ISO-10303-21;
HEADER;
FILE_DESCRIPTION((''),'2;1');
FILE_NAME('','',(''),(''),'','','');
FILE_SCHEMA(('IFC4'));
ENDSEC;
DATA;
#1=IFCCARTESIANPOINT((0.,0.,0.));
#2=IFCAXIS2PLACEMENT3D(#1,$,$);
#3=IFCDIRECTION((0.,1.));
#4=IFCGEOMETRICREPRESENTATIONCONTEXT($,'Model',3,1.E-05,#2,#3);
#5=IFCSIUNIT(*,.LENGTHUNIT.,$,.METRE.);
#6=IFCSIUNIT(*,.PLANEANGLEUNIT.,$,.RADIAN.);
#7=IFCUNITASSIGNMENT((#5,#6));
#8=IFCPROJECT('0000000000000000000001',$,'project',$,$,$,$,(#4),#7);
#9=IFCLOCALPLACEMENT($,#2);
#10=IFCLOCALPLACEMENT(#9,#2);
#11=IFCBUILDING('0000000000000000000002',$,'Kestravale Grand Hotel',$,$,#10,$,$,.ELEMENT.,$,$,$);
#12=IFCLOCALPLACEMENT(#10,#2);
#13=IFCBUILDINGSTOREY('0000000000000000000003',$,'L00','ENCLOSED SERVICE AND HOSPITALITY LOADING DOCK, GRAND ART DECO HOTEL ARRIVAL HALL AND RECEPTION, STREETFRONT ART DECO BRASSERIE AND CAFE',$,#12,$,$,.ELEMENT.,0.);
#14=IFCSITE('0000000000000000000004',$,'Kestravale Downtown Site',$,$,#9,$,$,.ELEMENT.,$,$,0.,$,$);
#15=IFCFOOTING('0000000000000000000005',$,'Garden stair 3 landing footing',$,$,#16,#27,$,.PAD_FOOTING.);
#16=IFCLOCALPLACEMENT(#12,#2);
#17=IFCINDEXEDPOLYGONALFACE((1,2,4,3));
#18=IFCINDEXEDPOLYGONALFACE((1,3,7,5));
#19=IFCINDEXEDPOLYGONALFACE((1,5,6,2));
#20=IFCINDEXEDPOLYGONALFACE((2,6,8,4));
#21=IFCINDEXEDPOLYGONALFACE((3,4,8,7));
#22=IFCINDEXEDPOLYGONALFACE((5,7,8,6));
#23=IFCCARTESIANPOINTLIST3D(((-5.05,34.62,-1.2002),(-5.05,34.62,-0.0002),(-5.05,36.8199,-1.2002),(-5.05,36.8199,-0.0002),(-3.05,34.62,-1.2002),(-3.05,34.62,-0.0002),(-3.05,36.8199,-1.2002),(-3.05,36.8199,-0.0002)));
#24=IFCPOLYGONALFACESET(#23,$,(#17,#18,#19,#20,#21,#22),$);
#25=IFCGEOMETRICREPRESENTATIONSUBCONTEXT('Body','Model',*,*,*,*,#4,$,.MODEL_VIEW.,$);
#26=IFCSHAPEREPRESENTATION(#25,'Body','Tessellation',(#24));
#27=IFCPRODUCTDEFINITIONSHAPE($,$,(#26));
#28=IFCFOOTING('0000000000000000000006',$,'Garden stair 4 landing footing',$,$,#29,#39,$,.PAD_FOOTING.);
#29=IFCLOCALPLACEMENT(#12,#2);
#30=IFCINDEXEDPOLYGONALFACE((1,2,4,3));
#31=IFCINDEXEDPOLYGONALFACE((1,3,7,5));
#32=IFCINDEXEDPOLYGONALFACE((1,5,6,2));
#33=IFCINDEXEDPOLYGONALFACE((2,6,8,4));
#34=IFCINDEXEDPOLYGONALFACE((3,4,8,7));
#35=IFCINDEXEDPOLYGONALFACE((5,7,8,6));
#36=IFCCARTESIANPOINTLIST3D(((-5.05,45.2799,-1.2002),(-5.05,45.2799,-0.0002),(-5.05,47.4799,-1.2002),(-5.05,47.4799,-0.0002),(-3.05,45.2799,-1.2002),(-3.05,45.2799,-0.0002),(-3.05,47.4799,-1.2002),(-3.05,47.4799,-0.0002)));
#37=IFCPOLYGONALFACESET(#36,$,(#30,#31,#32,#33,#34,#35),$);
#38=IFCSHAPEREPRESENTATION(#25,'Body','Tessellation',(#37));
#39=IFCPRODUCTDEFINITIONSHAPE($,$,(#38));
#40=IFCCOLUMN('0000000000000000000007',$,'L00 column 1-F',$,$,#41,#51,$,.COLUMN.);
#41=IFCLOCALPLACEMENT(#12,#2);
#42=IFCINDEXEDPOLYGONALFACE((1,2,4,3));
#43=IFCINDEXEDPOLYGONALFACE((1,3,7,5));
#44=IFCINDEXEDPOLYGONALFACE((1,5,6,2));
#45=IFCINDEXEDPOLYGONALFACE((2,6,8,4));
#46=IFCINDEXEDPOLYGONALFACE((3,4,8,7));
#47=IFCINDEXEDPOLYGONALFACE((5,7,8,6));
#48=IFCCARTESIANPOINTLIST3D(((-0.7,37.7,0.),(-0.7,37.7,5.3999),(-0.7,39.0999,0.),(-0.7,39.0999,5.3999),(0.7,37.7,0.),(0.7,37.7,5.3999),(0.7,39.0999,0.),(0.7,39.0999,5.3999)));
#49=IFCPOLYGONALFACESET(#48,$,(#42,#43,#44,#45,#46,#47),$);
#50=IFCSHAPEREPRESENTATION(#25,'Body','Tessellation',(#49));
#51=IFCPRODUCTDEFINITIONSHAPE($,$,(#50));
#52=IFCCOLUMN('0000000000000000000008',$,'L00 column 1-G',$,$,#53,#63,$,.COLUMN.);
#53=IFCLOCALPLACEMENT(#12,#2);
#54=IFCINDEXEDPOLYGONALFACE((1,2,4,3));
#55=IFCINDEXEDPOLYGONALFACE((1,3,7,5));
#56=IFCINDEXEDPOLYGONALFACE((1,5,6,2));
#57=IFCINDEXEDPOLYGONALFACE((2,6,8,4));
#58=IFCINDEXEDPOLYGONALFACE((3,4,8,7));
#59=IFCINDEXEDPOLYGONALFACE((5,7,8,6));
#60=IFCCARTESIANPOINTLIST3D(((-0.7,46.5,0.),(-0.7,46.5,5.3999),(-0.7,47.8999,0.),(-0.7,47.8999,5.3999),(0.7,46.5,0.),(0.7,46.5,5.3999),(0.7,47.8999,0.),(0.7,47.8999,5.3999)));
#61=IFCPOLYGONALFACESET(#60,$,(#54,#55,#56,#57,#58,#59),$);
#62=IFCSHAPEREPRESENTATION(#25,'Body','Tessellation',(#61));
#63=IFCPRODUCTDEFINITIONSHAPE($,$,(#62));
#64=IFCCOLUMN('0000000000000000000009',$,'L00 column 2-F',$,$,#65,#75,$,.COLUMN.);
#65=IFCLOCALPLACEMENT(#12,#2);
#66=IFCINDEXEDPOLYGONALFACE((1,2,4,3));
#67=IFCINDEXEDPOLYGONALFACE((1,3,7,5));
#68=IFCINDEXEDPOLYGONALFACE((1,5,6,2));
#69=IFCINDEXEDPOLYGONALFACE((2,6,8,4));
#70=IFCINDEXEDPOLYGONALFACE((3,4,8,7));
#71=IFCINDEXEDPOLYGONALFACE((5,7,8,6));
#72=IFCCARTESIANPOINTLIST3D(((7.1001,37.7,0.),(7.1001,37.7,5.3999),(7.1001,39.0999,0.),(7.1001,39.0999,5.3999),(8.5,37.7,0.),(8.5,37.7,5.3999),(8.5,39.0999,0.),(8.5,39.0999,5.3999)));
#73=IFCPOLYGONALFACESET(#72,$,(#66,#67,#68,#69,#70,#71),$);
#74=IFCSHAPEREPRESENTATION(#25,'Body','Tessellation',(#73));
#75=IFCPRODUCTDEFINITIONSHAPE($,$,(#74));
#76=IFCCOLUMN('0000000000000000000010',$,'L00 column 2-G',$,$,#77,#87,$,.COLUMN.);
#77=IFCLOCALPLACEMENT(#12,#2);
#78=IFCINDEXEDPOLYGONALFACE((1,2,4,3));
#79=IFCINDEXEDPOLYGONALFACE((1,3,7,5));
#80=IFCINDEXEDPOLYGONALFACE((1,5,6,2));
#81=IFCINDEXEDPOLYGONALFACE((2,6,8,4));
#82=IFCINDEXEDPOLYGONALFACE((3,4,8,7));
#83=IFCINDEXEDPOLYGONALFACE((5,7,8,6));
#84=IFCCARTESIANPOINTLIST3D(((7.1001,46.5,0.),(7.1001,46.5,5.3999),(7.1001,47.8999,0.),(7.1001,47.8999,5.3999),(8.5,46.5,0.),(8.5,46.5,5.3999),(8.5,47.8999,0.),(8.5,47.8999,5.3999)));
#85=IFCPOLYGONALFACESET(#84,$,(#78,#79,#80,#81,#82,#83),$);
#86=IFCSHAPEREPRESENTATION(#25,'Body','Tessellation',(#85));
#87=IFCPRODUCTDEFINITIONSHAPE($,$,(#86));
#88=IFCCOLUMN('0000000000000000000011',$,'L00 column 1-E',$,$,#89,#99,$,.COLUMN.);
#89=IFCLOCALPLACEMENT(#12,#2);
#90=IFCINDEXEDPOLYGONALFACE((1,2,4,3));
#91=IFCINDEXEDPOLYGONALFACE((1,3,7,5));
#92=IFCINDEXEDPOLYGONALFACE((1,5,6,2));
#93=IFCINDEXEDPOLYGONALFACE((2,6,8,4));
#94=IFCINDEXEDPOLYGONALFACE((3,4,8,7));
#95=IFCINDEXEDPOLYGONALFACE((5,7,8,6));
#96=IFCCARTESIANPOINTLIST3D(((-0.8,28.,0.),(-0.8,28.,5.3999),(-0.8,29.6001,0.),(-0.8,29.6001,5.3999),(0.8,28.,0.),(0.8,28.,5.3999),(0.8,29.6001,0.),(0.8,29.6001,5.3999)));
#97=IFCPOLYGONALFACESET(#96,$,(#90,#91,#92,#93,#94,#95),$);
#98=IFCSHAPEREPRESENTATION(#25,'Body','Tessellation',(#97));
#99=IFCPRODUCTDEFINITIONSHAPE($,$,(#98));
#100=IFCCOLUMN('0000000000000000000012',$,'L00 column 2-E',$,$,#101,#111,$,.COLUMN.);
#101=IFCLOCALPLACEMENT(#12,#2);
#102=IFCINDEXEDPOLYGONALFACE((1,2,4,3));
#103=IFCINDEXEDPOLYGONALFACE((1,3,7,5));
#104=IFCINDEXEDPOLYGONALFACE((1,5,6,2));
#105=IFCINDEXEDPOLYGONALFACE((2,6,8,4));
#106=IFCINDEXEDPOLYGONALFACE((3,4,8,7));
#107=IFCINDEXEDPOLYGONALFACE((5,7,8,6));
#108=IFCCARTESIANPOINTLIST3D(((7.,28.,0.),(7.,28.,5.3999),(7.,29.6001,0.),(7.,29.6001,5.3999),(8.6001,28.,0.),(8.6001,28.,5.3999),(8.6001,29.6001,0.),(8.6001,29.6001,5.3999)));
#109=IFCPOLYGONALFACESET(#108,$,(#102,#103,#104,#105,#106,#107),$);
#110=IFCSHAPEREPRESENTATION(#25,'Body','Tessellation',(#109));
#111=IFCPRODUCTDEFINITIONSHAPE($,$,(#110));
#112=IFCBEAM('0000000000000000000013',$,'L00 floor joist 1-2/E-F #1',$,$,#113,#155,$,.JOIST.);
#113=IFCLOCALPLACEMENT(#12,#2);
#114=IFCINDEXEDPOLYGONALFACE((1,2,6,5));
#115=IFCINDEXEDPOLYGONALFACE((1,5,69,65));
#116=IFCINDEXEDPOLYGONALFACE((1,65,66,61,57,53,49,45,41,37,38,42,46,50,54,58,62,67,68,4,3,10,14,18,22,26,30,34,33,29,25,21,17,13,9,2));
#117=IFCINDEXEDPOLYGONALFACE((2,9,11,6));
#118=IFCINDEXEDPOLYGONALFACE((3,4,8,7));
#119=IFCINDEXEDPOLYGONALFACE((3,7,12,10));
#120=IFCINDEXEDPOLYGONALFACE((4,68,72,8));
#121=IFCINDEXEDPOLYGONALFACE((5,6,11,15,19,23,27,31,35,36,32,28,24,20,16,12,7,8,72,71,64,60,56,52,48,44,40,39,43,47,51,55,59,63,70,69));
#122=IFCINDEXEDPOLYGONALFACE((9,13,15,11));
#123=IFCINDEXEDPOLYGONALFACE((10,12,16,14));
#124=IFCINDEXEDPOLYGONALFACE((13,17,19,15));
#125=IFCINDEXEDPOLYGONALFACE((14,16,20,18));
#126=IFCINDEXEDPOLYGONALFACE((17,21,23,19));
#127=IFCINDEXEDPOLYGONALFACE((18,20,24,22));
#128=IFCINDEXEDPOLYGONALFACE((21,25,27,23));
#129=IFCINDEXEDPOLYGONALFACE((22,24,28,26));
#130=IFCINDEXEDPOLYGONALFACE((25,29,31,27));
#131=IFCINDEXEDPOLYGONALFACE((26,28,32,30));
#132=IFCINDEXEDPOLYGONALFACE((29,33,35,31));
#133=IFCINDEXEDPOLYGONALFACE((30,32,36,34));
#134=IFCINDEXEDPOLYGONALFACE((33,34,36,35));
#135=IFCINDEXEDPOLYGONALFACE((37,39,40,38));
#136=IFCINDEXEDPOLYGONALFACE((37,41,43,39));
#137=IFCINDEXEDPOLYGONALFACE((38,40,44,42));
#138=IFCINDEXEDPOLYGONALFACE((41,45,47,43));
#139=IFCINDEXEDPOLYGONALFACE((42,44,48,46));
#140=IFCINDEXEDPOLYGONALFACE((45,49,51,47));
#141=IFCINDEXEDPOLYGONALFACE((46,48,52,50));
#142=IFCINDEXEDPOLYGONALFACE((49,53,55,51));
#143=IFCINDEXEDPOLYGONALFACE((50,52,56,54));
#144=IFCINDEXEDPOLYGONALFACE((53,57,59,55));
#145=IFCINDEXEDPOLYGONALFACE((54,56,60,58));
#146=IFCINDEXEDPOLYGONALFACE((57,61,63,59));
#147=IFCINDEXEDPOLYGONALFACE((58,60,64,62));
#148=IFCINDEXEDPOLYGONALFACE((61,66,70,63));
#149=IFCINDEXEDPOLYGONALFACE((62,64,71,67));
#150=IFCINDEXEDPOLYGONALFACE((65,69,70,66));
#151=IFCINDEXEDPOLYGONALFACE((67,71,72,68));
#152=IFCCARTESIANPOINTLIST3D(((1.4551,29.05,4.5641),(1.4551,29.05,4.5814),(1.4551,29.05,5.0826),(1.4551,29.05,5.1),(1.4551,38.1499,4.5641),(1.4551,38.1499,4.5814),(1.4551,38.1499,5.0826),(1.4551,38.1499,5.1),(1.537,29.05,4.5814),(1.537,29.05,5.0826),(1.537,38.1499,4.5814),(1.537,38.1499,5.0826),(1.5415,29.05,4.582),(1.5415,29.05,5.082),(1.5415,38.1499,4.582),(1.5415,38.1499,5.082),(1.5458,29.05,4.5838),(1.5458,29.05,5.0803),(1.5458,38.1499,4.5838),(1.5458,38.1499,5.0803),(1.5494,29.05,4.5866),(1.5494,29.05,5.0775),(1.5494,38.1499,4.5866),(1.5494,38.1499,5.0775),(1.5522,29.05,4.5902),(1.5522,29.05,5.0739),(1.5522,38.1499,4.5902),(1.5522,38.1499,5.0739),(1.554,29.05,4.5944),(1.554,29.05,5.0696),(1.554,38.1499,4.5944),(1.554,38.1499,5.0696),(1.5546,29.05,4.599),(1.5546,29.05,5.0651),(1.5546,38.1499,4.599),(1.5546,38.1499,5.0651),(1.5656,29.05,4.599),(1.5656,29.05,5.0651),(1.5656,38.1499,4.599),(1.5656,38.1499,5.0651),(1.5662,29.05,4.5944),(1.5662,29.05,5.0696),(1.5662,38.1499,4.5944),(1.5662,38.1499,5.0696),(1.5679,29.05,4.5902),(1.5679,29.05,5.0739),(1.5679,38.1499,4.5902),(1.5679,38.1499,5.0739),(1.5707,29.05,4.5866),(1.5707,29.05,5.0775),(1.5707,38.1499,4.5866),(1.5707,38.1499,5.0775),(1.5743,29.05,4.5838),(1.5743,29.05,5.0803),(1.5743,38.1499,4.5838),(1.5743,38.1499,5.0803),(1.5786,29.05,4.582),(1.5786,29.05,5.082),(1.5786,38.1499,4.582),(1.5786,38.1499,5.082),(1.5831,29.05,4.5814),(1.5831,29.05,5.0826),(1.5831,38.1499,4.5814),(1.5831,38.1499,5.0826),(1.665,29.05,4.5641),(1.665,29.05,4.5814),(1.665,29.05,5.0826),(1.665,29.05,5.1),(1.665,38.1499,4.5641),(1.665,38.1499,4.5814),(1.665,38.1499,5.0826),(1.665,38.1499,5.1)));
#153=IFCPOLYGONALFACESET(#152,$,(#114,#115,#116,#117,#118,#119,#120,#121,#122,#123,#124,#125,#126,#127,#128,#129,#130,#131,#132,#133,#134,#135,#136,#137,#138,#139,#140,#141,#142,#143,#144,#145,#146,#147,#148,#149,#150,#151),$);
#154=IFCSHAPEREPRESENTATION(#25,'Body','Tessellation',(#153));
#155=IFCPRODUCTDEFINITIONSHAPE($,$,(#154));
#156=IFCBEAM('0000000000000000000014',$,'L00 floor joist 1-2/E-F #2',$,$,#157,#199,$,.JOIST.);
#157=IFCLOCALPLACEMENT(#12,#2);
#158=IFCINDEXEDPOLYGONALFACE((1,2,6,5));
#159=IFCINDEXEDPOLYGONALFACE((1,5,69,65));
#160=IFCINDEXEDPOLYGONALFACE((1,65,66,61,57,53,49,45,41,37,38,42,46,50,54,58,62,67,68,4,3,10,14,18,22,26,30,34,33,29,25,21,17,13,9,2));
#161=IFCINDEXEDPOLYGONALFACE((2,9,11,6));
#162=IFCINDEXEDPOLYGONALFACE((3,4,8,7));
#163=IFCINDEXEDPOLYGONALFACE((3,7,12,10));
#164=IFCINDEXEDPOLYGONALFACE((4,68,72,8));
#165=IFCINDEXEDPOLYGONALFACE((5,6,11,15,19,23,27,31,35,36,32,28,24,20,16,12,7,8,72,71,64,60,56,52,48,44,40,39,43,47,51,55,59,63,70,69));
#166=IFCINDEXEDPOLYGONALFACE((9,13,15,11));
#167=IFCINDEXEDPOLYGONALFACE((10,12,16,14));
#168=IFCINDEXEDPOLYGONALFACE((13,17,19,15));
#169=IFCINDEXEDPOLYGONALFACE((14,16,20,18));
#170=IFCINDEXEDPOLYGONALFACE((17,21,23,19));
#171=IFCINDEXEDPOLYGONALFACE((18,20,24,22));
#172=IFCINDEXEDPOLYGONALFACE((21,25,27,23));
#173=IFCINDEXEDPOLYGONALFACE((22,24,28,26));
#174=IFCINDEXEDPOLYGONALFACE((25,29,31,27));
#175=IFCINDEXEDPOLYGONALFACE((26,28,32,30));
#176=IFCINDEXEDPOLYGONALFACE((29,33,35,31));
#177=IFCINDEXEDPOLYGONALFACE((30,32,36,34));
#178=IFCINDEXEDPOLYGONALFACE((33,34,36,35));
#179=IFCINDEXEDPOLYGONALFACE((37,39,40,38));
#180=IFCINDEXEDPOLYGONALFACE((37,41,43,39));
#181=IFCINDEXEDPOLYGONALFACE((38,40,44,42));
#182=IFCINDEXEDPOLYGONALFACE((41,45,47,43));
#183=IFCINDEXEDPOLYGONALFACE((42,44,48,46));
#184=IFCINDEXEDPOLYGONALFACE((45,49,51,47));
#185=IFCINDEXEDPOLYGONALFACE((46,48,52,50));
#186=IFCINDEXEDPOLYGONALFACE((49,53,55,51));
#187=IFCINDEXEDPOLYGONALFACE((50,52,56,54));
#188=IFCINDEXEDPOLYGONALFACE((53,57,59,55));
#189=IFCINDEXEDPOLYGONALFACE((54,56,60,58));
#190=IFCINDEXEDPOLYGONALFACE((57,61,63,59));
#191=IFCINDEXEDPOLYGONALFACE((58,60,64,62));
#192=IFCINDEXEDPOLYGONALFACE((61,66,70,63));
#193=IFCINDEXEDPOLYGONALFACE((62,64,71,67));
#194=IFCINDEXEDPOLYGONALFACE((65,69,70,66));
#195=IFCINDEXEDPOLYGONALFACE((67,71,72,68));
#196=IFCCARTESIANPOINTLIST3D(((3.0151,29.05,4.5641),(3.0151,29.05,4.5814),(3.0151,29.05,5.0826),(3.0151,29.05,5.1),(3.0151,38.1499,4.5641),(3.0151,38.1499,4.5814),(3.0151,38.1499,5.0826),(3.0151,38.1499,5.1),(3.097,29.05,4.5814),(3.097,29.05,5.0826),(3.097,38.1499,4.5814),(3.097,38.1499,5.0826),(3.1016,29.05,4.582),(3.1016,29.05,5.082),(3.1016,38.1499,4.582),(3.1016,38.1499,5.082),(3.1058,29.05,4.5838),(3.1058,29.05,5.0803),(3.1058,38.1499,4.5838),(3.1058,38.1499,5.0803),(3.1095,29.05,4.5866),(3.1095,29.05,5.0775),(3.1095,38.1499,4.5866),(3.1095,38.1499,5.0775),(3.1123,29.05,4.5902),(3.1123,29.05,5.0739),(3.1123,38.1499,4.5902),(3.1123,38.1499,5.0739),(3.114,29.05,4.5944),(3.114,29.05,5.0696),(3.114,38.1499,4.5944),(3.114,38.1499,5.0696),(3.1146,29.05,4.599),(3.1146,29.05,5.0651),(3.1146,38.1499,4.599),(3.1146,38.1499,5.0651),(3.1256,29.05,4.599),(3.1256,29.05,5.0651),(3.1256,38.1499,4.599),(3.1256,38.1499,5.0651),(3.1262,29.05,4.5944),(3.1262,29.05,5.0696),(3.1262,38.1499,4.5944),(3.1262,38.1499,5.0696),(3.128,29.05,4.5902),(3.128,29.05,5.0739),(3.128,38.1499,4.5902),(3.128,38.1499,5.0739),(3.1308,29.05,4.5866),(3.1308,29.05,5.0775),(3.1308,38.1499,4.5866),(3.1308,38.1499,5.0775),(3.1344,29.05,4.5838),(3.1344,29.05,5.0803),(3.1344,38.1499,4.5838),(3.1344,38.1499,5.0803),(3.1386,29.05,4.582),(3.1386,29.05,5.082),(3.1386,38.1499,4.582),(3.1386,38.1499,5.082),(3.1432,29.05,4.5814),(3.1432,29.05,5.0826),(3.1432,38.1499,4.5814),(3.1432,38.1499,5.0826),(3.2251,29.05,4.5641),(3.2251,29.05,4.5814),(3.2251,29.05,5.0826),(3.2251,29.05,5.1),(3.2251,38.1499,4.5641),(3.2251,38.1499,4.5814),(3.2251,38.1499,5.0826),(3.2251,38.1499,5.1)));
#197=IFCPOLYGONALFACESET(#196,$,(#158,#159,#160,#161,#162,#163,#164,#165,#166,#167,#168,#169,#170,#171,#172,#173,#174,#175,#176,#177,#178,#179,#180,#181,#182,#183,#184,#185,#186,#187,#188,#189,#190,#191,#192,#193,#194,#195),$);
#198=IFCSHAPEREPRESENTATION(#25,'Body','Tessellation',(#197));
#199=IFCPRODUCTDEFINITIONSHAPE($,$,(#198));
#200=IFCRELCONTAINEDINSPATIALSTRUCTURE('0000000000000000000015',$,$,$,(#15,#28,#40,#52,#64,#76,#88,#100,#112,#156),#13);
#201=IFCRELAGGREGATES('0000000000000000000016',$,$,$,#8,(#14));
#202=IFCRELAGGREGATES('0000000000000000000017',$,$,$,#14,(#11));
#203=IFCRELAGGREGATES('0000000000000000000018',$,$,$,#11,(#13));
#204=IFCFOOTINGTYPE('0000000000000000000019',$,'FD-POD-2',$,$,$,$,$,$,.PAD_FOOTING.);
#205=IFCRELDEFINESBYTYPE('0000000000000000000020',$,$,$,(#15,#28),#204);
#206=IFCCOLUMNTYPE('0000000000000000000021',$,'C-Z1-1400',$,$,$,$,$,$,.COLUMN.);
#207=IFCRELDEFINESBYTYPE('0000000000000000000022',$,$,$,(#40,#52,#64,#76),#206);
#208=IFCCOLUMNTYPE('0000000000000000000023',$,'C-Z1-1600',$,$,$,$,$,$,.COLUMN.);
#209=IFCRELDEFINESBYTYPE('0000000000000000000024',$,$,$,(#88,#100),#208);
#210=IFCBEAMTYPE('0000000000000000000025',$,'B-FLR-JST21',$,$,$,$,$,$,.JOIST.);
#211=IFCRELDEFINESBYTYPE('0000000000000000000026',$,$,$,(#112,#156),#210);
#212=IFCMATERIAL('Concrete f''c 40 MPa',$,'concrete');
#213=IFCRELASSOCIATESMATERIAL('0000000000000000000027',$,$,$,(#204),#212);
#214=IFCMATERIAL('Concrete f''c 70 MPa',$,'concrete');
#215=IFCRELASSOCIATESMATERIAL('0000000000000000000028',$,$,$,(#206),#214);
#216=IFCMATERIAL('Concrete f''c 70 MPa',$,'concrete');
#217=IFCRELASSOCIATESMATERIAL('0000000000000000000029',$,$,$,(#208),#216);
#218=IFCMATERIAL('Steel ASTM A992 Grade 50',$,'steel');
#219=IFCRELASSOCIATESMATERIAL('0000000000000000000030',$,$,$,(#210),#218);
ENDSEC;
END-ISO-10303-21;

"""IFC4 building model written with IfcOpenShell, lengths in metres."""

from ifc_helpers import new_model, si_unit, direction, frame, origin, origin_2d, place, context, subcontext, project, spatial, rectangle, i_section, extrude, material, material_profile, profile_set, type_object, element, save


model = new_model("IFC4")

# Units and contexts
model_context = context("Model", 3, precision=1e-05, world=origin(), true_north=direction((0.0, 1.0)))
body_context = subcontext(model_context, "Body", "Model", "MODEL_VIEW")
ifc_project = project(units=[si_unit("LENGTHUNIT", "METRE"), si_unit("PLANEANGLEUNIT", "RADIAN")], contexts=[model_context])

# Site, building, storey
site_placement = place(None, origin())
site = spatial("IfcSite", under=ifc_project, at=site_placement, Name="Kestravale Downtown Site", CompositionType="ELEMENT", RefElevation=0.0)
building_placement = place(site_placement, origin())
building = spatial("IfcBuilding", under=site, at=building_placement, Name="Kestravale Grand Hotel", CompositionType="ELEMENT")
storey_placement = place(building_placement, origin())
storey = spatial("IfcBuildingStorey", under=building, at=storey_placement, Name="L00", Description="ENCLOSED SERVICE AND HOSPITALITY LOADING DOCK, GRAND ART DECO HOTEL ARRIVAL HALL AND RECEPTION, STREETFRONT ART DECO BRASSERIE AND CAFE", CompositionType="ELEMENT", Elevation=0.0)

# Footings
ifc_material_1 = material(Name="Concrete f'c 40 MPa", Category="concrete")
footing_type = type_object("IfcFootingType", Name="FD-POD-2", PredefinedType="PAD_FOOTING", material=ifc_material_1)
for number, where, z_axis, x_axis, name in (
    (1, (-4.05, 35.72, -1.2002), (0.0, 0.0, 1.0), (1.0, 0.0, 0.0), "Garden stair 3 landing footing"),
    (2, (-4.05, 46.3799, -1.2002), (0.0, 0.0, 1.0), (1.0, 0.0, 0.0), "Garden stair 4 landing footing"),
):
    element("IfcFooting", number, at=place(storey_placement, frame(where, z_axis=z_axis, x_axis=x_axis)), inside=storey, type_object=footing_type, Name=name, PredefinedType="PAD_FOOTING", context=body_context, shape_type="SweptSolid", body=[
        extrude(rectangle(XDim=2.0, YDim=2.2, at=origin_2d()), origin(), (0.0, 0.0, 1.0), 1.2),
    ])

# Columns
ifc_material_2 = material(Name="Concrete f'c 70 MPa", Category="concrete")
ifc_material_profile_1 = material_profile(ifc_material_2, rectangle(XDim=1.3999, YDim=1.3999, at=origin_2d()))
ifc_profile_set_1 = profile_set([ifc_material_profile_1], Name="Concrete f'c 70 MPa")
column_type_1 = type_object("IfcColumnType", Name="C-Z1-1400", PredefinedType="COLUMN", material=ifc_profile_set_1)
for number, where, z_axis, x_axis, name in (
    (3, (0.0, 38.3999, 0.0), (0.0, 0.0, 1.0), (1.0, 0.0, 0.0), "L00 column 1-F"),
    (4, (0.0, 47.2, 0.0), (0.0, 0.0, 1.0), (1.0, 0.0, 0.0), "L00 column 1-G"),
    (5, (7.8, 38.3999, 0.0), (0.0, 0.0, 1.0), (1.0, 0.0, 0.0), "L00 column 2-F"),
    (6, (7.8, 47.2, 0.0), (0.0, 0.0, 1.0), (1.0, 0.0, 0.0), "L00 column 2-G"),
):
    element("IfcColumn", number, at=place(storey_placement, frame(where, z_axis=z_axis, x_axis=x_axis)), inside=storey, type_object=column_type_1, Name=name, PredefinedType="COLUMN", context=body_context, shape_type="SweptSolid", body=[
        extrude(rectangle(XDim=1.3999, YDim=1.3999, at=origin_2d()), origin(), (0.0, 0.0, 1.0), 5.3999),
    ])
ifc_material_3 = material(Name="Concrete f'c 70 MPa", Category="concrete")
ifc_material_profile_2 = material_profile(ifc_material_3, rectangle(XDim=1.6001, YDim=1.6001, at=origin_2d()))
ifc_profile_set_2 = profile_set([ifc_material_profile_2], Name="Concrete f'c 70 MPa")
column_type_2 = type_object("IfcColumnType", Name="C-Z1-1600", PredefinedType="COLUMN", material=ifc_profile_set_2)
for number, where, z_axis, x_axis, name in (
    (7, (0.0, 28.8, 0.0), (0.0, 0.0, 1.0), (1.0, 0.0, 0.0), "L00 column 1-E"),
    (8, (7.8, 28.8, 0.0), (0.0, 0.0, 1.0), (1.0, 0.0, 0.0), "L00 column 2-E"),
):
    element("IfcColumn", number, at=place(storey_placement, frame(where, z_axis=z_axis, x_axis=x_axis)), inside=storey, type_object=column_type_2, Name=name, PredefinedType="COLUMN", context=body_context, shape_type="SweptSolid", body=[
        extrude(rectangle(XDim=1.6001, YDim=1.6001, at=origin_2d()), origin(), (0.0, 0.0, 1.0), 5.3999),
    ])

# Beams
ifc_material_4 = material(Name="Steel ASTM A992 Grade 50", Category="steel")
ifc_material_profile_3 = material_profile(ifc_material_4, i_section(OverallWidth=0.21, OverallDepth=0.5359, WebThickness=0.011, FlangeThickness=0.0173, FilletRadius=0.0176, at=origin_2d()))
ifc_profile_set_3 = profile_set([ifc_material_profile_3], Name="Steel ASTM A992 Grade 50")
beam_type_1 = type_object("IfcBeamType", Name="B-FLR-JST21", PredefinedType="JOIST", material=ifc_profile_set_3)
for number, where, z_axis, x_axis, name in (
    (9, (1.5601, 29.05, 4.832), (0.0, 1.0, 0.0), (-1.0, 0.0, 0.0), "L00 floor joist 1-2/E-F #1"),
    (10, (3.1201, 29.05, 4.832), (0.0, 1.0, 0.0), (-1.0, 0.0, 0.0), "L00 floor joist 1-2/E-F #2"),
):
    element("IfcBeam", number, at=place(storey_placement, frame(where, z_axis=z_axis, x_axis=x_axis)), inside=storey, type_object=beam_type_1, Name=name, PredefinedType="JOIST", context=body_context, shape_type="SweptSolid", body=[
        extrude(i_section(OverallWidth=0.21, OverallDepth=0.5359, WebThickness=0.011, FlangeThickness=0.0173, FilletRadius=0.0176, at=origin_2d()), origin(), (0.0, 0.0, 1.0), 9.0999),
    ])

save(model, "model.ifc")
